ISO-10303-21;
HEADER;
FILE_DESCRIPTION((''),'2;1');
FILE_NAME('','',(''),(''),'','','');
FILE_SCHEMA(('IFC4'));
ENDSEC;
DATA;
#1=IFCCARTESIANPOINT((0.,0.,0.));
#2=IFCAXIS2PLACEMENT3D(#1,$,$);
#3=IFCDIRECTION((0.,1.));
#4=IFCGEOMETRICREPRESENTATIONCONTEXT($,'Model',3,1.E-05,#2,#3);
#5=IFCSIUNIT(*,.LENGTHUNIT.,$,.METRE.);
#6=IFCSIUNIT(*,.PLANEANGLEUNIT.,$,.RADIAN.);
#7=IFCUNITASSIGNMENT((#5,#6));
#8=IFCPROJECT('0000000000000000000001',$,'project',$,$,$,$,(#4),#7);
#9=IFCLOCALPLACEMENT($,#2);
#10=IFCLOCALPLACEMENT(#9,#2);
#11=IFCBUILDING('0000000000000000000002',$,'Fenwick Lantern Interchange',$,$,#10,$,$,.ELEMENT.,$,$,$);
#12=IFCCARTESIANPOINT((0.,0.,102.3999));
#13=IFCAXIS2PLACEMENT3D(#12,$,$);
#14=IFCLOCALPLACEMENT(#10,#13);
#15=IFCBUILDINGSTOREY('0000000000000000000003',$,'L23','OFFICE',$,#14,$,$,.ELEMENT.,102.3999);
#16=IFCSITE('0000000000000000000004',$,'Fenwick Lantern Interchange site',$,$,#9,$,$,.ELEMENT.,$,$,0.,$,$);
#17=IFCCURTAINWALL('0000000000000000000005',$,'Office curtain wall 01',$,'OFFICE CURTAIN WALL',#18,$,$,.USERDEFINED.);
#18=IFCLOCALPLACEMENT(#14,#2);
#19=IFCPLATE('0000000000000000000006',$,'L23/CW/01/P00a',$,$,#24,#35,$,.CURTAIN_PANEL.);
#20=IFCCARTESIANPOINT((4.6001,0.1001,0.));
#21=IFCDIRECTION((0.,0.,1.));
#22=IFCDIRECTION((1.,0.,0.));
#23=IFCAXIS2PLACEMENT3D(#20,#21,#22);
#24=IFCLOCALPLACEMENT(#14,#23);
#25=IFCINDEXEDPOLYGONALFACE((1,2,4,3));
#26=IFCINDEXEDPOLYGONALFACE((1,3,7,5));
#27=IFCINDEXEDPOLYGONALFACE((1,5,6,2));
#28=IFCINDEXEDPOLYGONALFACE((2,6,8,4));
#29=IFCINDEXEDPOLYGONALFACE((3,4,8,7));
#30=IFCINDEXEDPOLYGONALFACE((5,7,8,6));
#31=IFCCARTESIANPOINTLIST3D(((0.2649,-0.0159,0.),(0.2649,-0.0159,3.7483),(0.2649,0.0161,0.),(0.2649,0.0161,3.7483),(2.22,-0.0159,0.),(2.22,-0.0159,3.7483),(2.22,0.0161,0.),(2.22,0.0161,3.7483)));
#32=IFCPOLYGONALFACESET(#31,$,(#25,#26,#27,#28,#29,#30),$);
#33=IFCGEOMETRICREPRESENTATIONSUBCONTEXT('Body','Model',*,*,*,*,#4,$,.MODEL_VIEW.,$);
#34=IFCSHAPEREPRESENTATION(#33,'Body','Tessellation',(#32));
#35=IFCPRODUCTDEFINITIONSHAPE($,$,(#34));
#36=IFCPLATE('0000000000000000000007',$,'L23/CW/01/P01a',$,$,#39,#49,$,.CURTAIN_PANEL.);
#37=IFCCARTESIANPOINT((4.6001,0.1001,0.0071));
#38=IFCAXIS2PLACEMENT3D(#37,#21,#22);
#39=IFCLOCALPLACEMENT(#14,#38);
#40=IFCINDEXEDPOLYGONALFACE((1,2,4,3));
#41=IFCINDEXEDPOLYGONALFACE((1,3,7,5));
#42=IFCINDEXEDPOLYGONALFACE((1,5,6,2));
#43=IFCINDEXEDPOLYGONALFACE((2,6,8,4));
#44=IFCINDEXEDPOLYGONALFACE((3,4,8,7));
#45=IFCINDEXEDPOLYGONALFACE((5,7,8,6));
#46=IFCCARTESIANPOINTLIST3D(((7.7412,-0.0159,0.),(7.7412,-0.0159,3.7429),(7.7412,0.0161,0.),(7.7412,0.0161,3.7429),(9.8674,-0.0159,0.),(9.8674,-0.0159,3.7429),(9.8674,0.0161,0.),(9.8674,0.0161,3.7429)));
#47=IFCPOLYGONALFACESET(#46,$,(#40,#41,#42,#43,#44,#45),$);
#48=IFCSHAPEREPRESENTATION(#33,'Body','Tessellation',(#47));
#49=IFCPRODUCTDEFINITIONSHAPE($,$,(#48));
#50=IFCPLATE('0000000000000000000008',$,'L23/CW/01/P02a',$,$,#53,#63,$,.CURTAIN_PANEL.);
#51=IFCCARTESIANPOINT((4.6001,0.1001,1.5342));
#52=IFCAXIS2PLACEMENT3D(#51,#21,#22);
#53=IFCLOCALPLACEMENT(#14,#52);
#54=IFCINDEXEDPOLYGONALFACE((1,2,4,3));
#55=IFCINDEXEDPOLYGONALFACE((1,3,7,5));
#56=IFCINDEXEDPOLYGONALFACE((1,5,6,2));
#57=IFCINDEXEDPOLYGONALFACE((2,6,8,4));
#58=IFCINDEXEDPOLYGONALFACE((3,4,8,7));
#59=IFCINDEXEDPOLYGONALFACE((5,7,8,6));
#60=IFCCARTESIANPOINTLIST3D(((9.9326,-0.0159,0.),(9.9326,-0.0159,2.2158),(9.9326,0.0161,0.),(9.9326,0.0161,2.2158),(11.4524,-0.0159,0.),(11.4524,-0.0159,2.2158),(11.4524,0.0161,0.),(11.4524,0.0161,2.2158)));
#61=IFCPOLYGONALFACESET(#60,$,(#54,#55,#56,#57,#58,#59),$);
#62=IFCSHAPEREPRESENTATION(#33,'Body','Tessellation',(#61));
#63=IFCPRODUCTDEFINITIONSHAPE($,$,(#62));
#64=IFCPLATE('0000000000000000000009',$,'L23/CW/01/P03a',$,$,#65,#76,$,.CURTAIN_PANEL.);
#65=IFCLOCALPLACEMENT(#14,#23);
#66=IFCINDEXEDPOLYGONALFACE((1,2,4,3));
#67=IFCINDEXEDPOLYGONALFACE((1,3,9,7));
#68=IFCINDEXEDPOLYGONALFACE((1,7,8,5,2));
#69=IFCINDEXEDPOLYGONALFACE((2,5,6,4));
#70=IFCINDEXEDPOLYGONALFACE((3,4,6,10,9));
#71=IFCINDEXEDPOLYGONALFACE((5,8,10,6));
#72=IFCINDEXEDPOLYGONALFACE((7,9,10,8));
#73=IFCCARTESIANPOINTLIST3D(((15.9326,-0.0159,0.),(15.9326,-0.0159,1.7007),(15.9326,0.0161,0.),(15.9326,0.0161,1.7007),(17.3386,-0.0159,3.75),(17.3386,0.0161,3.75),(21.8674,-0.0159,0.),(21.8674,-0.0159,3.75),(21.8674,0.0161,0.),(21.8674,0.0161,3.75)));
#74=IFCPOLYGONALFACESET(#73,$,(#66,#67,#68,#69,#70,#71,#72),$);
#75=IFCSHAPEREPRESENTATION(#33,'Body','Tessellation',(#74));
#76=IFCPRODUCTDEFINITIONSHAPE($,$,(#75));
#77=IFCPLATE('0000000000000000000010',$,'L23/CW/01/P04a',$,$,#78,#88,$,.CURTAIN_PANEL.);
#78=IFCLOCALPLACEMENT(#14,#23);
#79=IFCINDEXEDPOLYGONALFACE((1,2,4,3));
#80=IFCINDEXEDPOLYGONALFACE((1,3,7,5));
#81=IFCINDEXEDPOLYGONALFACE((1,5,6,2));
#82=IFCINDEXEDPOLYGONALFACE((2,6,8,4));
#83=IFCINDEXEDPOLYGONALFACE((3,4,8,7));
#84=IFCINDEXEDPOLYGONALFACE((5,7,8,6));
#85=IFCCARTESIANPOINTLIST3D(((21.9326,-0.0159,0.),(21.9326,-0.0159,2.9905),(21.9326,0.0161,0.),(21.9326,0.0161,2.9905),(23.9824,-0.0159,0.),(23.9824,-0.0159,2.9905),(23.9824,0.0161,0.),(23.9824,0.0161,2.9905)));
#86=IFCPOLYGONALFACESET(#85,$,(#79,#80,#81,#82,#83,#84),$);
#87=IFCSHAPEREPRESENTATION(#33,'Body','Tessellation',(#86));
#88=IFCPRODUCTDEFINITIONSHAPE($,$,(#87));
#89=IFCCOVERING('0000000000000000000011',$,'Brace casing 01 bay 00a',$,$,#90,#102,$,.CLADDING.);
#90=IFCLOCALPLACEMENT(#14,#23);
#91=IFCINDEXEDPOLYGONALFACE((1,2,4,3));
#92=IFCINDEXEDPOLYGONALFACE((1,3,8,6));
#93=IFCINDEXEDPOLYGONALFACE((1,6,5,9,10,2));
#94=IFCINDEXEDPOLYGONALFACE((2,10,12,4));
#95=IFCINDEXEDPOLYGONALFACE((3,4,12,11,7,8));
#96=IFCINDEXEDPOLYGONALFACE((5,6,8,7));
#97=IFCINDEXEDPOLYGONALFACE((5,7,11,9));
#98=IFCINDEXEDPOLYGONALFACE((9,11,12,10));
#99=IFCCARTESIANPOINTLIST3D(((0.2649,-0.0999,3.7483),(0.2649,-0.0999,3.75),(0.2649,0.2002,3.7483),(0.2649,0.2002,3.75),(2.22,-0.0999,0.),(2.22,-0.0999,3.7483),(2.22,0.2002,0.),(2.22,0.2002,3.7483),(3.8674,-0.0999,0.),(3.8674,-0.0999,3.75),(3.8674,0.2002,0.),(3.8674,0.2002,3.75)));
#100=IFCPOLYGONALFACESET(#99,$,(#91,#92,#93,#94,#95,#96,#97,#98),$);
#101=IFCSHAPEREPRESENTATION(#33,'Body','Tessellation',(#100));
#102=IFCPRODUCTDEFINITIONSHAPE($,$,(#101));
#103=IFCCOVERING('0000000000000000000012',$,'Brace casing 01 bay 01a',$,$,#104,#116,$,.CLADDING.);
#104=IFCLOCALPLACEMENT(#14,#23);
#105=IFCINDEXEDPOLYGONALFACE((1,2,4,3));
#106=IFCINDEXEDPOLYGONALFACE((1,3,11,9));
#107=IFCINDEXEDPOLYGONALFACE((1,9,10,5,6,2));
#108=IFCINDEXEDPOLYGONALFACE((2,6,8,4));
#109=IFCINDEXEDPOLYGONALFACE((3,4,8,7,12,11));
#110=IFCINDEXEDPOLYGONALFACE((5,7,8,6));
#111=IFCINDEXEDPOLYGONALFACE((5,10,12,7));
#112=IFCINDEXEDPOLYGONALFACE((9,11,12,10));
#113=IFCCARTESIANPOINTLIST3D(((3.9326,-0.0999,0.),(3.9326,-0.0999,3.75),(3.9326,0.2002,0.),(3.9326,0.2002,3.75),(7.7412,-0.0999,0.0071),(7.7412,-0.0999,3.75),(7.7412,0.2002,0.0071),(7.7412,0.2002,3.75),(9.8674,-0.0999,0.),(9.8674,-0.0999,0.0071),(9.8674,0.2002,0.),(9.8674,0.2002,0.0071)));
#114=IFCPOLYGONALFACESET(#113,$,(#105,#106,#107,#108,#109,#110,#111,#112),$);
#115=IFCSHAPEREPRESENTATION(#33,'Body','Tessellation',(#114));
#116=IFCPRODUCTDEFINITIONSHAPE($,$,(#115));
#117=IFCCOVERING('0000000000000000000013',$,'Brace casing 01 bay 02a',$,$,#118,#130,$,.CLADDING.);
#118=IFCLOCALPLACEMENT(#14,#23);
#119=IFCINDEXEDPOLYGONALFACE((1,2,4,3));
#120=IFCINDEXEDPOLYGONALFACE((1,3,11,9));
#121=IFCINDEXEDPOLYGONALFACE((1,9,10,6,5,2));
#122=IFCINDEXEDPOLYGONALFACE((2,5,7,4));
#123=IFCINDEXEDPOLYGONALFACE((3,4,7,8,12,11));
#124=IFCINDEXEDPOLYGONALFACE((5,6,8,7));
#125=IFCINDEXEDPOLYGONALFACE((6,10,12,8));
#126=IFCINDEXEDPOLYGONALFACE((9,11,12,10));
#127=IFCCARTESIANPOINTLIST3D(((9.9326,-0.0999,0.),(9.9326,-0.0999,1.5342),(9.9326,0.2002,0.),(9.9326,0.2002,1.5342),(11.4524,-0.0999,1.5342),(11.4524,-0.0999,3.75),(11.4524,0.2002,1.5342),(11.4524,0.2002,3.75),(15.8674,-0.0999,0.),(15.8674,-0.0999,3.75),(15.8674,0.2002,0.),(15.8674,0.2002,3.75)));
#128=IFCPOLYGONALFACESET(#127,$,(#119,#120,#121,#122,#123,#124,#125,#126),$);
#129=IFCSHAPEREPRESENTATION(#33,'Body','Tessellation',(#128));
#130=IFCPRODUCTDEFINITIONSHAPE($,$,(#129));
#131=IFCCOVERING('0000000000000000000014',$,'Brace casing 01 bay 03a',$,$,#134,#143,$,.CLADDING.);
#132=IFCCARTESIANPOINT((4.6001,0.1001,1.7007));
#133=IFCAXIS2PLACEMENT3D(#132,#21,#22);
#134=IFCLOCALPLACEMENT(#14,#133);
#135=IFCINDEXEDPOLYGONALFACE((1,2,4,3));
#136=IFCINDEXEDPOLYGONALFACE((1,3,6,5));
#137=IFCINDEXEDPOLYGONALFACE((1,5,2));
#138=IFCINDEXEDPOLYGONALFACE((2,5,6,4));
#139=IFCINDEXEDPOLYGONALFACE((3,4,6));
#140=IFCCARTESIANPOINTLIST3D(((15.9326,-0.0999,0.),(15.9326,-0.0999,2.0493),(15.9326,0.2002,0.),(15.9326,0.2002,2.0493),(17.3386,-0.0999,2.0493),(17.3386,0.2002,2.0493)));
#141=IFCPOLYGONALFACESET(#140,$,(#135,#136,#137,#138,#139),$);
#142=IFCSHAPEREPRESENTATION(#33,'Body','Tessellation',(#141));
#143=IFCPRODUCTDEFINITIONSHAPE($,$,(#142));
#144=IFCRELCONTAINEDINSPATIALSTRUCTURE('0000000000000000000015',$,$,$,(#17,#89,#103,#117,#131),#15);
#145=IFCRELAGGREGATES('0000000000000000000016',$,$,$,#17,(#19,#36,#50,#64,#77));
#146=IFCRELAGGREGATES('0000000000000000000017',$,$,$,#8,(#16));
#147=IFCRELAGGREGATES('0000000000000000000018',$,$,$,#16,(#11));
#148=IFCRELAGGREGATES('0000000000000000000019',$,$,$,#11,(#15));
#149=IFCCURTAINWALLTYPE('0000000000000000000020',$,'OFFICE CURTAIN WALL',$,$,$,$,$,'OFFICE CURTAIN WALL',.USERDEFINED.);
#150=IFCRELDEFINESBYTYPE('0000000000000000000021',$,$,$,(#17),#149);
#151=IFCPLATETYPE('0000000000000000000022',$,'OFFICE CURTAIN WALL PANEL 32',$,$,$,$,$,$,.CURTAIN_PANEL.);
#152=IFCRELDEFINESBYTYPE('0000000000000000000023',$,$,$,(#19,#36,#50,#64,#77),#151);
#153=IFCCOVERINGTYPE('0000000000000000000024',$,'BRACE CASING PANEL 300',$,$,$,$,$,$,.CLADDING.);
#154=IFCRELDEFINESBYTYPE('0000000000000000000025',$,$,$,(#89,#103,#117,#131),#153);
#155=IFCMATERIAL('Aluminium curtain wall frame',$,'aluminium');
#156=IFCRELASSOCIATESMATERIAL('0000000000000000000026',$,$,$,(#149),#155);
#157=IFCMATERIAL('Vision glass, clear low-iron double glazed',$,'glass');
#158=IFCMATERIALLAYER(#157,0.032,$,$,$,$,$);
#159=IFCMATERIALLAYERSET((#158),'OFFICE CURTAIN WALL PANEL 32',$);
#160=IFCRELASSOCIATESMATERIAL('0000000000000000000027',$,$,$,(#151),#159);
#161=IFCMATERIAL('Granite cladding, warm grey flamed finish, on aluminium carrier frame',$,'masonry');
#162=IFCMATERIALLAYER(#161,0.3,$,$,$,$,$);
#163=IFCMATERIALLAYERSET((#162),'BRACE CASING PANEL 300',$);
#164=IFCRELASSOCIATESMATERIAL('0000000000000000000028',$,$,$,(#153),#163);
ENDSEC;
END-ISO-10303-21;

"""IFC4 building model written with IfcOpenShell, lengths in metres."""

from ifc_helpers import new_model, si_unit, direction, frame, origin, place, context, subcontext, project, spatial, polyline, outline, extrude, material, layer, layer_set, type_object, element, aggregate, save


model = new_model("IFC4")

# Units and contexts
model_context = context("Model", 3, precision=1e-05, world=origin(), true_north=direction((0.0, 1.0)))
body_context = subcontext(model_context, "Body", "Model", "MODEL_VIEW")
ifc_project = project(units=[si_unit("LENGTHUNIT", "METRE"), si_unit("PLANEANGLEUNIT", "RADIAN")], contexts=[model_context])

# Site, building, storey
site_placement = place(None, origin())
site = spatial("IfcSite", under=ifc_project, at=site_placement, Name="Fenwick Lantern Interchange site", CompositionType="ELEMENT", RefElevation=0.0)
building_placement = place(site_placement, origin())
building = spatial("IfcBuilding", under=site, at=building_placement, Name="Fenwick Lantern Interchange", CompositionType="ELEMENT")
storey_placement = place(building_placement, frame((0.0, 0.0, 102.3999)))
storey = spatial("IfcBuildingStorey", under=building, at=storey_placement, Name="L23", Description="OFFICE", CompositionType="ELEMENT", Elevation=102.3999)

# Shared definitions
ifc_material_1 = material(Name="Aluminium curtain wall frame", Category="aluminium")
curtain_wall_type = type_object("IfcCurtainWallType", Name="OFFICE CURTAIN WALL", ElementType="OFFICE CURTAIN WALL", PredefinedType="USERDEFINED", material=ifc_material_1)

# Curtain wall, plates
curtain_wall_1_placement = place(storey_placement, origin())
curtain_wall_1 = element("IfcCurtainWall", 1, at=curtain_wall_1_placement, inside=storey, type_object=curtain_wall_type, Name="Office curtain wall 01", ObjectType="OFFICE CURTAIN WALL", PredefinedType="USERDEFINED")
ifc_material_2 = material(Name="Vision glass, clear low-iron double glazed", Category="glass")
ifc_layer_1 = layer(ifc_material_2, 0.032)
ifc_layer_set_1 = layer_set([ifc_layer_1], Name="OFFICE CURTAIN WALL PANEL 32")
plate_type = type_object("IfcPlateType", Name="OFFICE CURTAIN WALL PANEL 32", PredefinedType="CURTAIN_PANEL", material=ifc_layer_set_1)
plate_1_placement = place(storey_placement, frame((4.6001, 0.1001, 0.0), z_axis=(0.0, 0.0, 1.0), x_axis=(1.0, 0.0, 0.0)))
plate_1 = element("IfcPlate", 2, at=plate_1_placement, type_object=plate_type, Name="L23/CW/01/P00a", PredefinedType="CURTAIN_PANEL", context=body_context, shape_type="SweptSolid", body=[
    extrude(outline(polyline([(0.2649, 0.0), (2.22, 0.0), (2.22, 3.7483), (0.2649, 3.7483), (0.2649, 0.0)])), frame((0.0, 0.0161, 0.0), z_axis=(0.0, -1.0, 0.0), x_axis=(1.0, 0.0, 0.0)), (0.0, 0.0, 1.0), 0.032),
])
plate_2_placement = place(storey_placement, frame((4.6001, 0.1001, 0.0071), z_axis=(0.0, 0.0, 1.0), x_axis=(1.0, 0.0, 0.0)))
plate_2 = element("IfcPlate", 3, at=plate_2_placement, type_object=plate_type, Name="L23/CW/01/P01a", PredefinedType="CURTAIN_PANEL", context=body_context, shape_type="SweptSolid", body=[
    extrude(outline(polyline([(7.7412, 0.0), (9.8674, 0.0), (9.8674, 3.7429), (7.7412, 3.7429), (7.7412, 0.0)])), frame((0.0, 0.0161, 0.0), z_axis=(0.0, -1.0, 0.0), x_axis=(1.0, 0.0, 0.0)), (0.0, 0.0, 1.0), 0.032),
])
plate_3_placement = place(storey_placement, frame((4.6001, 0.1001, 1.5342), z_axis=(0.0, 0.0, 1.0), x_axis=(1.0, 0.0, 0.0)))
plate_3 = element("IfcPlate", 4, at=plate_3_placement, type_object=plate_type, Name="L23/CW/01/P02a", PredefinedType="CURTAIN_PANEL", context=body_context, shape_type="SweptSolid", body=[
    extrude(outline(polyline([(9.9326, 0.0), (11.4524, 0.0), (11.4524, 2.2158), (9.9326, 2.2158), (9.9326, 0.0)])), frame((0.0, 0.0161, 0.0), z_axis=(0.0, -1.0, 0.0), x_axis=(1.0, 0.0, 0.0)), (0.0, 0.0, 1.0), 0.032),
])
plate_4_placement = place(storey_placement, frame((4.6001, 0.1001, 0.0), z_axis=(0.0, 0.0, 1.0), x_axis=(1.0, 0.0, 0.0)))
plate_4 = element("IfcPlate", 5, at=plate_4_placement, type_object=plate_type, Name="L23/CW/01/P03a", PredefinedType="CURTAIN_PANEL", context=body_context, shape_type="SweptSolid", body=[
    extrude(outline(polyline([(15.9326, 0.0), (21.8674, 0.0), (21.8674, 3.75), (17.3386, 3.75), (15.9326, 1.7007), (15.9326, 0.0)])), frame((0.0, 0.0161, 0.0), z_axis=(0.0, -1.0, 0.0), x_axis=(1.0, 0.0, 0.0)), (0.0, 0.0, 1.0), 0.032),
])
plate_5_placement = place(storey_placement, frame((4.6001, 0.1001, 0.0), z_axis=(0.0, 0.0, 1.0), x_axis=(1.0, 0.0, 0.0)))
plate_5 = element("IfcPlate", 6, at=plate_5_placement, type_object=plate_type, Name="L23/CW/01/P04a", PredefinedType="CURTAIN_PANEL", context=body_context, shape_type="SweptSolid", body=[
    extrude(outline(polyline([(21.9326, 0.0), (23.9824, 0.0), (23.9824, 2.9905), (21.9326, 2.9905), (21.9326, 0.0)])), frame((0.0, 0.0161, 0.0), z_axis=(0.0, -1.0, 0.0), x_axis=(1.0, 0.0, 0.0)), (0.0, 0.0, 1.0), 0.032),
])
aggregate(curtain_wall_1, [plate_1, plate_2, plate_3, plate_4, plate_5])

# Coverings
ifc_material_3 = material(Name="Granite cladding, warm grey flamed finish, on aluminium carrier frame", Category="masonry")
ifc_layer_2 = layer(ifc_material_3, 0.3)
ifc_layer_set_2 = layer_set([ifc_layer_2], Name="BRACE CASING PANEL 300")
covering_type_1 = type_object("IfcCoveringType", Name="BRACE CASING PANEL 300", PredefinedType="CLADDING", material=ifc_layer_set_2)
covering_1_placement = place(storey_placement, frame((4.6001, 0.1001, 0.0), z_axis=(0.0, 0.0, 1.0), x_axis=(1.0, 0.0, 0.0)))
element("IfcCovering", 7, at=covering_1_placement, inside=storey, type_object=covering_type_1, Name="Brace casing 01 bay 00a", PredefinedType="CLADDING", context=body_context, shape_type="SweptSolid", body=[
    extrude(outline(polyline([(2.22, 0.0), (3.8674, 0.0), (3.8674, 3.75), (0.2649, 3.75), (0.2649, 3.7483), (2.22, 3.7483), (2.22, 0.0)])), frame((0.0, 0.2002, 0.0), z_axis=(0.0, -1.0, 0.0), x_axis=(1.0, 0.0, 0.0)), (0.0, 0.0, 1.0), 0.3),
])
covering_2_placement = place(storey_placement, frame((4.6001, 0.1001, 0.0), z_axis=(0.0, 0.0, 1.0), x_axis=(1.0, 0.0, 0.0)))
element("IfcCovering", 8, at=covering_2_placement, inside=storey, type_object=covering_type_1, Name="Brace casing 01 bay 01a", PredefinedType="CLADDING", context=body_context, shape_type="SweptSolid", body=[
    extrude(outline(polyline([(3.9326, 0.0), (9.8674, 0.0), (9.8674, 0.0071), (7.7412, 0.0071), (7.7412, 3.75), (3.9326, 3.75), (3.9326, 0.0)])), frame((0.0, 0.2002, 0.0), z_axis=(0.0, -1.0, 0.0), x_axis=(1.0, 0.0, 0.0)), (0.0, 0.0, 1.0), 0.3),
])
covering_3_placement = place(storey_placement, frame((4.6001, 0.1001, 0.0), z_axis=(0.0, 0.0, 1.0), x_axis=(1.0, 0.0, 0.0)))
element("IfcCovering", 9, at=covering_3_placement, inside=storey, type_object=covering_type_1, Name="Brace casing 01 bay 02a", PredefinedType="CLADDING", context=body_context, shape_type="SweptSolid", body=[
    extrude(outline(polyline([(9.9326, 0.0), (15.8674, 0.0), (15.8674, 3.75), (11.4524, 3.75), (11.4524, 1.5342), (9.9326, 1.5342), (9.9326, 0.0)])), frame((0.0, 0.2002, 0.0), z_axis=(0.0, -1.0, 0.0), x_axis=(1.0, 0.0, 0.0)), (0.0, 0.0, 1.0), 0.3),
])
covering_4_placement = place(storey_placement, frame((4.6001, 0.1001, 1.7007), z_axis=(0.0, 0.0, 1.0), x_axis=(1.0, 0.0, 0.0)))
element("IfcCovering", 10, at=covering_4_placement, inside=storey, type_object=covering_type_1, Name="Brace casing 01 bay 03a", PredefinedType="CLADDING", context=body_context, shape_type="SweptSolid", body=[
    extrude(outline(polyline([(15.9326, 0.0), (17.3386, 2.0493), (15.9326, 2.0493), (15.9326, 0.0)])), frame((0.0, 0.2002, 0.0), z_axis=(0.0, -1.0, 0.0), x_axis=(1.0, 0.0, 0.0)), (0.0, 0.0, 1.0), 0.3),
])

save(model, "model.ifc")
